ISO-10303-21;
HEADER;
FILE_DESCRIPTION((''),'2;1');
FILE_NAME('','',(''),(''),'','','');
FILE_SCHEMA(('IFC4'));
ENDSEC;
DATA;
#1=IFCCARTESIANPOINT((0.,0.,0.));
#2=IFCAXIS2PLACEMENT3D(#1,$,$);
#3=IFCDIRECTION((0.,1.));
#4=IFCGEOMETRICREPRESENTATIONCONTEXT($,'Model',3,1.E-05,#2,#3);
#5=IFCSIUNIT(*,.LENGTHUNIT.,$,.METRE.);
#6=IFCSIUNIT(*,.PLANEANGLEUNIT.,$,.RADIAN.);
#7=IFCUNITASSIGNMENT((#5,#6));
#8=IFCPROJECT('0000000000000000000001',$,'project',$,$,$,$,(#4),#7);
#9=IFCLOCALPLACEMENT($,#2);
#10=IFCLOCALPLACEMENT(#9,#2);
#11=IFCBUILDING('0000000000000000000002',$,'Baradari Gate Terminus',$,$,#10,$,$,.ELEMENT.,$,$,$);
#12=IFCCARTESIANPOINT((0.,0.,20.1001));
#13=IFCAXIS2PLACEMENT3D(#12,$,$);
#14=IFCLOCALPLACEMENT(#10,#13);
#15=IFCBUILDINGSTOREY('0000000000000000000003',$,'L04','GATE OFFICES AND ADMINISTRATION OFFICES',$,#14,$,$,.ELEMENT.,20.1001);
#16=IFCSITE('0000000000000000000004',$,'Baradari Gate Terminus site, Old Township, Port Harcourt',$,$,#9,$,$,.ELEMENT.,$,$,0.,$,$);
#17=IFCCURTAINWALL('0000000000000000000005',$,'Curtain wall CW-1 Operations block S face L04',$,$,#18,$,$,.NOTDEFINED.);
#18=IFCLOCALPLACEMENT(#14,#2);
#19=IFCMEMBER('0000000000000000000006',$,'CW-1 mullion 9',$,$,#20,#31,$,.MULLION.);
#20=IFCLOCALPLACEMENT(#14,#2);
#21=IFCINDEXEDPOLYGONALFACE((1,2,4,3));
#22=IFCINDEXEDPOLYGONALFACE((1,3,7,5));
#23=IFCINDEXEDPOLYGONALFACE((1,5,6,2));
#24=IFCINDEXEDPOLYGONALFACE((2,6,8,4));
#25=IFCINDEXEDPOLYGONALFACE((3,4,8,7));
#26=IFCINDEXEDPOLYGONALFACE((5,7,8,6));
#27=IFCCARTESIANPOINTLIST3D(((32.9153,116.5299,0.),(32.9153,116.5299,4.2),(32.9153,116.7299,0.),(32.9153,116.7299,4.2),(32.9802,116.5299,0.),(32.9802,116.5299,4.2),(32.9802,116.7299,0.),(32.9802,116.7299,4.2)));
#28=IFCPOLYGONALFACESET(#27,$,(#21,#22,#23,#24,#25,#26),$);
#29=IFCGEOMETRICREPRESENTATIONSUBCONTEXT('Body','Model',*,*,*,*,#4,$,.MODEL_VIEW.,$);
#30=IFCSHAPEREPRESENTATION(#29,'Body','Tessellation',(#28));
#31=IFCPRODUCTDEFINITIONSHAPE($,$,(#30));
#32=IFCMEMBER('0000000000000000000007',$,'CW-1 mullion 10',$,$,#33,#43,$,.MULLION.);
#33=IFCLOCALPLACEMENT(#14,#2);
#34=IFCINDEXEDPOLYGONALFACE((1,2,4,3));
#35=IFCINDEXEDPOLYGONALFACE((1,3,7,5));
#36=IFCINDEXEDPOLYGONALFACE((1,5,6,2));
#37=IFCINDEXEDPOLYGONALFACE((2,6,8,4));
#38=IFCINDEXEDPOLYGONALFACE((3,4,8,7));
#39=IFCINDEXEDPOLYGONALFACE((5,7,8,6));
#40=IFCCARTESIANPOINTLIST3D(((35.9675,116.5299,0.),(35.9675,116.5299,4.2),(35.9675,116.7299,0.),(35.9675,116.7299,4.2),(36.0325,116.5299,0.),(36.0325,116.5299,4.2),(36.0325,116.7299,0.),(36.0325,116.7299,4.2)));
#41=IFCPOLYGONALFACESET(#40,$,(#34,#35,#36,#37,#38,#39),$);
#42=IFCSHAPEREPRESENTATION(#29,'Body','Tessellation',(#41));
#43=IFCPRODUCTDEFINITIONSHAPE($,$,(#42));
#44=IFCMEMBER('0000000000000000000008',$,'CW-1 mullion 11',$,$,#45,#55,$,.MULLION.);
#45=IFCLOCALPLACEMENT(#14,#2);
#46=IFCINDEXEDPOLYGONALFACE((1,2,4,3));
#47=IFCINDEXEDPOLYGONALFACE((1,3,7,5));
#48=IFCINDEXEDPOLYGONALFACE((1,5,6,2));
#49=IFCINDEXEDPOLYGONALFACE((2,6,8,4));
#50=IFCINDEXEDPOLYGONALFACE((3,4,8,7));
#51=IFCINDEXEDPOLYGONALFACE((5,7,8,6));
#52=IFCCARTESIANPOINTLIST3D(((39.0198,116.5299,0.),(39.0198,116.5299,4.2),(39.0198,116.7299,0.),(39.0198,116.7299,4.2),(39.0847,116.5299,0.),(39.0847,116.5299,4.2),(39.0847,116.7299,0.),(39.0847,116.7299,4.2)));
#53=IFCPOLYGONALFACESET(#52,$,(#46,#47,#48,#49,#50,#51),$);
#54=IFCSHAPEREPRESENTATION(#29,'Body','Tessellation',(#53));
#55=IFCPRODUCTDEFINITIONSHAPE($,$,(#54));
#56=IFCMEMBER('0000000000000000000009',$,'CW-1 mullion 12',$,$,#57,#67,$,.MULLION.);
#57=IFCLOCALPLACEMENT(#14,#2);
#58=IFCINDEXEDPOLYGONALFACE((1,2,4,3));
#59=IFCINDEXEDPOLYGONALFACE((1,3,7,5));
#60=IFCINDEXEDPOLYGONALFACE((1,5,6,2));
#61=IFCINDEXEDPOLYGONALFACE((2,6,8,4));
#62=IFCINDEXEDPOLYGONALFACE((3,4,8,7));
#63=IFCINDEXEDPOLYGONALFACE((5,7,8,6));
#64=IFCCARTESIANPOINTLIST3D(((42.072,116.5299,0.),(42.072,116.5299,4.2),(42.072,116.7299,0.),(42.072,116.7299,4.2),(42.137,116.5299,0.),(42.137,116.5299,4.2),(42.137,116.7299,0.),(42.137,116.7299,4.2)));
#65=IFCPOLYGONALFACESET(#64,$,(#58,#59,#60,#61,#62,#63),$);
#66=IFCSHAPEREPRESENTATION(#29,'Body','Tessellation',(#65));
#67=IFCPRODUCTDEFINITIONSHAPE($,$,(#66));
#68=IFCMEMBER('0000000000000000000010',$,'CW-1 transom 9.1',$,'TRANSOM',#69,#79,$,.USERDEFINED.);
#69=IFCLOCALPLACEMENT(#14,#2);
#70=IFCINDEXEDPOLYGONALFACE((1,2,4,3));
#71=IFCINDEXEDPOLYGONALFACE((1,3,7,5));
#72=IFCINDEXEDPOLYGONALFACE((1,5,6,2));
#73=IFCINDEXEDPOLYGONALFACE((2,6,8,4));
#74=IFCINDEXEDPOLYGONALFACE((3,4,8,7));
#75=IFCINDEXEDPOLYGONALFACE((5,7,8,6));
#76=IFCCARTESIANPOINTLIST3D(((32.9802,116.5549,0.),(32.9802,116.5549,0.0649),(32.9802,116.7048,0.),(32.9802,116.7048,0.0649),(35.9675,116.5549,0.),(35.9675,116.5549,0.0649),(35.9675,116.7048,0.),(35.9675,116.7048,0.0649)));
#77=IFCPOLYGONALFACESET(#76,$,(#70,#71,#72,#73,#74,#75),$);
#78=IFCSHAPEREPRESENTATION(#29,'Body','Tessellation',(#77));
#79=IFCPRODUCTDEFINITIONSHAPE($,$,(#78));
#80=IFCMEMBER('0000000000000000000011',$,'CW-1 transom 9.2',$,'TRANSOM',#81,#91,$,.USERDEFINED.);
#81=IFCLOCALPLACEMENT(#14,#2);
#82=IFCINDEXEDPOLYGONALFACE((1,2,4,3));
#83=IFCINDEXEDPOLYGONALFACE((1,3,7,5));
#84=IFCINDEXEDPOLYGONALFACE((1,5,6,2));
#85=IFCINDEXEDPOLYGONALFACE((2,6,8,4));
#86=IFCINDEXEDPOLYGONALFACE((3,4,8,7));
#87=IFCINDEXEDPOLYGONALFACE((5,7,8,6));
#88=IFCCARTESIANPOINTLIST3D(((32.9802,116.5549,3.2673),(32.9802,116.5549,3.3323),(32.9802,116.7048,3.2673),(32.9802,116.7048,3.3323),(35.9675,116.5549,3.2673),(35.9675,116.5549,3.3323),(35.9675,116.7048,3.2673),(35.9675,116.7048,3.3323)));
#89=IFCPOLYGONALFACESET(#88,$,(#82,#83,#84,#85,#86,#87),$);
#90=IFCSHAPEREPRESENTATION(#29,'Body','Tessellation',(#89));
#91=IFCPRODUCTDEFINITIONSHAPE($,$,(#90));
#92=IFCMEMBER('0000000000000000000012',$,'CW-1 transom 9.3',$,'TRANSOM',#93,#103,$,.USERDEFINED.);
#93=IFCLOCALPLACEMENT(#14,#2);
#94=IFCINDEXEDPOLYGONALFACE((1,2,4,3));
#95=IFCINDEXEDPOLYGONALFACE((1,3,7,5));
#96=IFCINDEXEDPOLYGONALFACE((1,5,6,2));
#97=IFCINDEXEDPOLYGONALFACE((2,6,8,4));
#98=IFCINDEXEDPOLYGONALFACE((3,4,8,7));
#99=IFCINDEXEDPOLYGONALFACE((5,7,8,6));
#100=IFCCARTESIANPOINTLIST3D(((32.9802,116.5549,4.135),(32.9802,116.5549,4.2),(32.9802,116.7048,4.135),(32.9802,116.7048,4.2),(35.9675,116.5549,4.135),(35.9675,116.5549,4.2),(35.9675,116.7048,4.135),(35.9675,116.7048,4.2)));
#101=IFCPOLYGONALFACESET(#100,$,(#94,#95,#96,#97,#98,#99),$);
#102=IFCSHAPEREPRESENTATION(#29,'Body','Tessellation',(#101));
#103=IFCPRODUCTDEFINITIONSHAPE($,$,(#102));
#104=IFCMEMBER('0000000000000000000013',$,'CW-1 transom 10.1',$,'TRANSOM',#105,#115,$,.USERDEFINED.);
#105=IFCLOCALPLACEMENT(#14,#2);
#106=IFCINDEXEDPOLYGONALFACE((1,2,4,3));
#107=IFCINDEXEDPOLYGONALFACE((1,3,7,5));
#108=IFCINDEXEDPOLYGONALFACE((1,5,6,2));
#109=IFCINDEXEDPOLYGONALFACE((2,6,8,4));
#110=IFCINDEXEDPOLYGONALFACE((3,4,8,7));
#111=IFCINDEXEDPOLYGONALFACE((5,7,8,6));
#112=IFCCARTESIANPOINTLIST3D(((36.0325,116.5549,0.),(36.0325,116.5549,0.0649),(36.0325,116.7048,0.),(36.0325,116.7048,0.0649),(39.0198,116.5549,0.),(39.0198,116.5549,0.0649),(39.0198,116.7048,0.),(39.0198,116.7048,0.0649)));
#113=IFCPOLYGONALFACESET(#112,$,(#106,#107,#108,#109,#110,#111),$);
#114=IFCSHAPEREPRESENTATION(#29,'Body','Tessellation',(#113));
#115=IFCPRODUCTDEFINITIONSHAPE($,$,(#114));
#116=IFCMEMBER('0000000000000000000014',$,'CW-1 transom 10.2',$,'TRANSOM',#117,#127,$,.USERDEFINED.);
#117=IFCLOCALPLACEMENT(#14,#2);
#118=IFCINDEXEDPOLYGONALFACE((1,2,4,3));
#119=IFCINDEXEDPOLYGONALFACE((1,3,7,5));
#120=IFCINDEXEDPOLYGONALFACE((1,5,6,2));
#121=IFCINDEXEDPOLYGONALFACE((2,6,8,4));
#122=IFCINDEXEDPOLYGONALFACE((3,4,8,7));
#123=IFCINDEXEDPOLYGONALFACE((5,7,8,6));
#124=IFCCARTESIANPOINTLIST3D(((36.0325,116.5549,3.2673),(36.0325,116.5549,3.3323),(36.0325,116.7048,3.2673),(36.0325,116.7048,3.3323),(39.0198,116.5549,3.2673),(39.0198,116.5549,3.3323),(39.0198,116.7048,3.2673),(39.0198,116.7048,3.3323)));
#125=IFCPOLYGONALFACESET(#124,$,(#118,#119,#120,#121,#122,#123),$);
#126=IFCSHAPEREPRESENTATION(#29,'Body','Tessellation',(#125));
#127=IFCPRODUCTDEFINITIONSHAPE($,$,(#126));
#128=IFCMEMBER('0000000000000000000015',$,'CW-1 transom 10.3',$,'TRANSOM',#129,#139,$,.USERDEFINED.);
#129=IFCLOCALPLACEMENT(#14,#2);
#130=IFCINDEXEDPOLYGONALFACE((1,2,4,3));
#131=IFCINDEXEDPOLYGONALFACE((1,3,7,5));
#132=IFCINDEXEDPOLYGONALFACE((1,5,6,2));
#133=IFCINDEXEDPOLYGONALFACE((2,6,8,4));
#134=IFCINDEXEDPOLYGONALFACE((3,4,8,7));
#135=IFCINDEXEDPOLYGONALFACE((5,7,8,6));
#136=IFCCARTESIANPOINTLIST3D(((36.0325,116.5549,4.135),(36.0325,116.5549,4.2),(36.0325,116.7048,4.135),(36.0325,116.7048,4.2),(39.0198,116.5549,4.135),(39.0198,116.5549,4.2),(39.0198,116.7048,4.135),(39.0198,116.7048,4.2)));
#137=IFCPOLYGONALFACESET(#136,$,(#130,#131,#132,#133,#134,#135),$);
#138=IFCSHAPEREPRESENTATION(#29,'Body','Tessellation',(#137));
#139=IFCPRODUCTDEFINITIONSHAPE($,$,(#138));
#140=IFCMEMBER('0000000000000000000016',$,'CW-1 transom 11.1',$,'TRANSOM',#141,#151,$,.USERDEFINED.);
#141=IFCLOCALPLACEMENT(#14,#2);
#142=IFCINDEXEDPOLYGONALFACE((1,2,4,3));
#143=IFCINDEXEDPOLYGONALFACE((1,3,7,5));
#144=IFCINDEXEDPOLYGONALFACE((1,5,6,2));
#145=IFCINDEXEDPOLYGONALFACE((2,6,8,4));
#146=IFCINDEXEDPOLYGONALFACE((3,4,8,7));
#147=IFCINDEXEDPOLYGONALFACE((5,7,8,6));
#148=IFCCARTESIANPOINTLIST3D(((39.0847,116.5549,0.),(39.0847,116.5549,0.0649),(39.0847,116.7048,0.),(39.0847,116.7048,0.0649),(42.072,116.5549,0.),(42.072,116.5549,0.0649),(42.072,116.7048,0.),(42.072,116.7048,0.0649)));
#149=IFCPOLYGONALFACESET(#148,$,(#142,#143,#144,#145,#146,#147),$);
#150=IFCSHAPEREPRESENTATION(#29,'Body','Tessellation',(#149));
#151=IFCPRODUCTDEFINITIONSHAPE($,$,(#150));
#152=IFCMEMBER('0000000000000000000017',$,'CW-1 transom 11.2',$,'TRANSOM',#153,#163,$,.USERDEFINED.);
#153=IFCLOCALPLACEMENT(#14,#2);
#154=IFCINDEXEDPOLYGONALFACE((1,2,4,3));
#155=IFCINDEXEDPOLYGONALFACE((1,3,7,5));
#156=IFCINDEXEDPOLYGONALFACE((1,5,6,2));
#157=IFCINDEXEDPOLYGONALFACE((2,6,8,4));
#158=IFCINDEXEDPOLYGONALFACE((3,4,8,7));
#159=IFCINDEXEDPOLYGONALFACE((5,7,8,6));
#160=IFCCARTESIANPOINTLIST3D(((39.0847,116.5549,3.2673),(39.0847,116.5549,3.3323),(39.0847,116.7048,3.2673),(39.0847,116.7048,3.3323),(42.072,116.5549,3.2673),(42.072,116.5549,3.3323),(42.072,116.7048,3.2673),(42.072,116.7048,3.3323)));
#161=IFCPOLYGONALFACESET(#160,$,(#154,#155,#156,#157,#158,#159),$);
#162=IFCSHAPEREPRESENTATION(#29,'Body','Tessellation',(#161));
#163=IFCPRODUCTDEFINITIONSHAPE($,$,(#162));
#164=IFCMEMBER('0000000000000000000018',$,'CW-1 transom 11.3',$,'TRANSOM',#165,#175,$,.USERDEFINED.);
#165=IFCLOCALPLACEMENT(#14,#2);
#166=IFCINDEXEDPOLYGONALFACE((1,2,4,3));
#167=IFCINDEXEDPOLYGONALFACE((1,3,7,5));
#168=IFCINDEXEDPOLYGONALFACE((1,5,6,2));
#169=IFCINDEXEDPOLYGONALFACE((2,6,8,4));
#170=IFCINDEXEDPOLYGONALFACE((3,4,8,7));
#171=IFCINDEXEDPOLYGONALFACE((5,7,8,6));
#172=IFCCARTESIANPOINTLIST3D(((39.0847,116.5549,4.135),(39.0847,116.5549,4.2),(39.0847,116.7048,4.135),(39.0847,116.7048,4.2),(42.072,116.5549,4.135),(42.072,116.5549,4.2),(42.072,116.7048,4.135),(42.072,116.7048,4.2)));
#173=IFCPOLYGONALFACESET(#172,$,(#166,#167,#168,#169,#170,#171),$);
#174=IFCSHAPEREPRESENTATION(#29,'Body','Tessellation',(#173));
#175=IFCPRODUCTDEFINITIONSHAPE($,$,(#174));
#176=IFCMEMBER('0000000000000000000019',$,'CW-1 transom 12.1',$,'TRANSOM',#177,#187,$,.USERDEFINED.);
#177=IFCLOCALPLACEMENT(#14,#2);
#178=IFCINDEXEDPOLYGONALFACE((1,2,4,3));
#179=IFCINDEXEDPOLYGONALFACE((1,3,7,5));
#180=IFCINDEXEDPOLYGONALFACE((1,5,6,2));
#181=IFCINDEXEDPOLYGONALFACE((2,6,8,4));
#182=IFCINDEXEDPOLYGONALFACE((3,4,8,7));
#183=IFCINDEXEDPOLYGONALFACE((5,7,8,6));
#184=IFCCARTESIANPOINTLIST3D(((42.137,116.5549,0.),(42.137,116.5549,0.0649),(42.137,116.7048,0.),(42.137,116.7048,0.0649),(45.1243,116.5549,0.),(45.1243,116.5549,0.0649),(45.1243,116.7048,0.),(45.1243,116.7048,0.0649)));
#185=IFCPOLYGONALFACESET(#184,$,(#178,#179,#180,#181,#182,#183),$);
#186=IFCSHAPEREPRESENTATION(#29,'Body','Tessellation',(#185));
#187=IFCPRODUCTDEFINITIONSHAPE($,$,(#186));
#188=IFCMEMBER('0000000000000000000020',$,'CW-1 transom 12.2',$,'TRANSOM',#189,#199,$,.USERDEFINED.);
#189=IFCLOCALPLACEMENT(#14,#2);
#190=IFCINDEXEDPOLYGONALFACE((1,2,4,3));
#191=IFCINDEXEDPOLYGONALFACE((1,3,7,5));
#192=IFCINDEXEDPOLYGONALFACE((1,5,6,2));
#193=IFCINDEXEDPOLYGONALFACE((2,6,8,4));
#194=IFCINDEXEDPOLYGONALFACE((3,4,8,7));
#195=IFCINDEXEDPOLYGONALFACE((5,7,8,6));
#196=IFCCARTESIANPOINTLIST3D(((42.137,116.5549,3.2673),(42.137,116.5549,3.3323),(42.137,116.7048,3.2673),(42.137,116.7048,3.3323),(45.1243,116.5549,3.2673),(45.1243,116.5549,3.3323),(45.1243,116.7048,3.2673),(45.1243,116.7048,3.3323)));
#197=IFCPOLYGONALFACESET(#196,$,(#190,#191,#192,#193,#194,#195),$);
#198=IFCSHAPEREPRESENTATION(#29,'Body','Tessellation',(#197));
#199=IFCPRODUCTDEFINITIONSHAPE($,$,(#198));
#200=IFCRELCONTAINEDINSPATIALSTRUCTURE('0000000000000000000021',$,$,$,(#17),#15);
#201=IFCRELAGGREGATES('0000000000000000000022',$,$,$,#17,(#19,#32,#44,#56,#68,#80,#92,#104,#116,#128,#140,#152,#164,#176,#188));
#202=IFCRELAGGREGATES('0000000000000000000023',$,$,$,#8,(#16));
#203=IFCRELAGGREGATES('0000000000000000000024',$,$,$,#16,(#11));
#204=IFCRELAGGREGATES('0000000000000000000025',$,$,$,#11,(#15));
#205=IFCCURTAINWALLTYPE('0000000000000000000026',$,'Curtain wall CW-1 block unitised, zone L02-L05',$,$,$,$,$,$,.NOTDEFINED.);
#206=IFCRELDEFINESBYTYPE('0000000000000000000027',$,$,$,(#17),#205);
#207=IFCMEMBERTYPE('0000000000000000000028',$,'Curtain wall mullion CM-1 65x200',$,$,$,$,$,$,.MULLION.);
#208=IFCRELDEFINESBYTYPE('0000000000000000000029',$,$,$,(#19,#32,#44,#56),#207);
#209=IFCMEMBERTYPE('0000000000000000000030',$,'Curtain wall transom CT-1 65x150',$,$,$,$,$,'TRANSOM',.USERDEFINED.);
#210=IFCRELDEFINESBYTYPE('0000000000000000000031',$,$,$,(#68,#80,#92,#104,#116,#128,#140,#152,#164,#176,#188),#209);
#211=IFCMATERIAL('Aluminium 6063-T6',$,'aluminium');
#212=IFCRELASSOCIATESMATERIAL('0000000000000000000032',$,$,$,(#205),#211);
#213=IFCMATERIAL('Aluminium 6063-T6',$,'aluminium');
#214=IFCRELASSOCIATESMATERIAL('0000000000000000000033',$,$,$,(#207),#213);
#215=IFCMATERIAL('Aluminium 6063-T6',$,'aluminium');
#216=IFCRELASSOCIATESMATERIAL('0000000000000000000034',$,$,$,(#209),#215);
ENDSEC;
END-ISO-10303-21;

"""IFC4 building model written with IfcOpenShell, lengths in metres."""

from ifc_helpers import new_model, si_unit, direction, frame, origin, origin_2d, place, context, subcontext, project, spatial, rectangle, extrude, material, material_profile, profile_set, type_object, element, aggregate, save


model = new_model("IFC4")

# Units and contexts
model_context = context("Model", 3, precision=1e-05, world=origin(), true_north=direction((0.0, 1.0)))
body_context = subcontext(model_context, "Body", "Model", "MODEL_VIEW")
ifc_project = project(units=[si_unit("LENGTHUNIT", "METRE"), si_unit("PLANEANGLEUNIT", "RADIAN")], contexts=[model_context])

# Site, building, storey
site_placement = place(None, origin())
site = spatial("IfcSite", under=ifc_project, at=site_placement, Name="Baradari Gate Terminus site, Old Township, Port Harcourt", CompositionType="ELEMENT", RefElevation=0.0)
building_placement = place(site_placement, origin())
building = spatial("IfcBuilding", under=site, at=building_placement, Name="Baradari Gate Terminus", CompositionType="ELEMENT")
storey_placement = place(building_placement, frame((0.0, 0.0, 20.1001)))
storey = spatial("IfcBuildingStorey", under=building, at=storey_placement, Name="L04", Description="GATE OFFICES AND ADMINISTRATION OFFICES", CompositionType="ELEMENT", Elevation=20.1001)

# Curtain wall, members
ifc_material_1 = material(Name="Aluminium 6063-T6", Category="aluminium")
curtain_wall_type = type_object("IfcCurtainWallType", Name="Curtain wall CW-1 block unitised, zone L02-L05", PredefinedType="NOTDEFINED", material=ifc_material_1)
curtain_wall_placement = place(storey_placement, origin())
curtain_wall = element("IfcCurtainWall", 1, at=curtain_wall_placement, inside=storey, type_object=curtain_wall_type, Name="Curtain wall CW-1 Operations block S face L04", PredefinedType="NOTDEFINED")
ifc_material_2 = material(Name="Aluminium 6063-T6", Category="aluminium")
ifc_material_profile_1 = material_profile(ifc_material_2, rectangle(XDim=0.2, YDim=0.0649, at=origin_2d()), Name="CM-1 65X200")
ifc_profile_set_1 = profile_set([ifc_material_profile_1], Name="Aluminium 6063-T6")
member_type_1 = type_object("IfcMemberType", Name="Curtain wall mullion CM-1 65x200", PredefinedType="MULLION", material=ifc_profile_set_1)
member_1_placement = place(storey_placement, frame((32.9478, 116.6299, 0.0), z_axis=(0.0, 0.0, 1.0), x_axis=(0.0, 1.0, 0.0)))
member_1 = element("IfcMember", 2, at=member_1_placement, type_object=member_type_1, Name="CW-1 mullion 9", PredefinedType="MULLION", context=body_context, shape_type="SweptSolid", body=[
    extrude(rectangle(XDim=0.2, YDim=0.0649, at=origin_2d()), origin(), (0.0, 0.0, 1.0), 4.2),
])
member_2_placement = place(storey_placement, frame((36.0, 116.6299, 0.0), z_axis=(0.0, 0.0, 1.0), x_axis=(0.0, 1.0, 0.0)))
member_2 = element("IfcMember", 3, at=member_2_placement, type_object=member_type_1, Name="CW-1 mullion 10", PredefinedType="MULLION", context=body_context, shape_type="SweptSolid", body=[
    extrude(rectangle(XDim=0.2, YDim=0.0649, at=origin_2d()), origin(), (0.0, 0.0, 1.0), 4.2),
])
member_3_placement = place(storey_placement, frame((39.0522, 116.6299, 0.0), z_axis=(0.0, 0.0, 1.0), x_axis=(0.0, 1.0, 0.0)))
member_3 = element("IfcMember", 4, at=member_3_placement, type_object=member_type_1, Name="CW-1 mullion 11", PredefinedType="MULLION", context=body_context, shape_type="SweptSolid", body=[
    extrude(rectangle(XDim=0.2, YDim=0.0649, at=origin_2d()), origin(), (0.0, 0.0, 1.0), 4.2),
])
member_4_placement = place(storey_placement, frame((42.1045, 116.6299, 0.0), z_axis=(0.0, 0.0, 1.0), x_axis=(0.0, 1.0, 0.0)))
member_4 = element("IfcMember", 5, at=member_4_placement, type_object=member_type_1, Name="CW-1 mullion 12", PredefinedType="MULLION", context=body_context, shape_type="SweptSolid", body=[
    extrude(rectangle(XDim=0.2, YDim=0.0649, at=origin_2d()), origin(), (0.0, 0.0, 1.0), 4.2),
])
ifc_material_3 = material(Name="Aluminium 6063-T6", Category="aluminium")
ifc_material_profile_2 = material_profile(ifc_material_3, rectangle(XDim=0.1499, YDim=0.0649, at=origin_2d()), Name="CT-1 65X150")
ifc_profile_set_2 = profile_set([ifc_material_profile_2], Name="Aluminium 6063-T6")
member_type_2 = type_object("IfcMemberType", Name="Curtain wall transom CT-1 65x150", ElementType="TRANSOM", PredefinedType="USERDEFINED", material=ifc_profile_set_2)
member_5_placement = place(storey_placement, frame((32.9802, 116.6299, 0.0325), z_axis=(1.0, 0.0, 0.0), x_axis=(0.0, 1.0, 0.0)))
member_5 = element("IfcMember", 6, at=member_5_placement, type_object=member_type_2, Name="CW-1 transom 9.1", ObjectType="TRANSOM", PredefinedType="USERDEFINED", context=body_context, shape_type="SweptSolid", body=[
    extrude(rectangle(XDim=0.1499, YDim=0.0649, at=origin_2d()), origin(), (0.0, 0.0, 1.0), 2.9873),
])
member_6_placement = place(storey_placement, frame((32.9802, 116.6299, 3.2998), z_axis=(1.0, 0.0, 0.0), x_axis=(0.0, 1.0, 0.0)))
member_6 = element("IfcMember", 7, at=member_6_placement, type_object=member_type_2, Name="CW-1 transom 9.2", ObjectType="TRANSOM", PredefinedType="USERDEFINED", context=body_context, shape_type="SweptSolid", body=[
    extrude(rectangle(XDim=0.1499, YDim=0.0649, at=origin_2d()), origin(), (0.0, 0.0, 1.0), 2.9873),
])
member_7_placement = place(storey_placement, frame((32.9802, 116.6299, 4.1675), z_axis=(1.0, 0.0, 0.0), x_axis=(0.0, 1.0, 0.0)))
member_7 = element("IfcMember", 8, at=member_7_placement, type_object=member_type_2, Name="CW-1 transom 9.3", ObjectType="TRANSOM", PredefinedType="USERDEFINED", context=body_context, shape_type="SweptSolid", body=[
    extrude(rectangle(XDim=0.1499, YDim=0.0649, at=origin_2d()), origin(), (0.0, 0.0, 1.0), 2.9873),
])
member_8_placement = place(storey_placement, frame((36.0325, 116.6299, 0.0325), z_axis=(1.0, 0.0, 0.0), x_axis=(0.0, 1.0, 0.0)))
member_8 = element("IfcMember", 9, at=member_8_placement, type_object=member_type_2, Name="CW-1 transom 10.1", ObjectType="TRANSOM", PredefinedType="USERDEFINED", context=body_context, shape_type="SweptSolid", body=[
    extrude(rectangle(XDim=0.1499, YDim=0.0649, at=origin_2d()), origin(), (0.0, 0.0, 1.0), 2.9873),
])
member_9_placement = place(storey_placement, frame((36.0325, 116.6299, 3.2998), z_axis=(1.0, 0.0, 0.0), x_axis=(0.0, 1.0, 0.0)))
member_9 = element("IfcMember", 10, at=member_9_placement, type_object=member_type_2, Name="CW-1 transom 10.2", ObjectType="TRANSOM", PredefinedType="USERDEFINED", context=body_context, shape_type="SweptSolid", body=[
    extrude(rectangle(XDim=0.1499, YDim=0.0649, at=origin_2d()), origin(), (0.0, 0.0, 1.0), 2.9873),
])
member_10_placement = place(storey_placement, frame((36.0325, 116.6299, 4.1675), z_axis=(1.0, 0.0, 0.0), x_axis=(0.0, 1.0, 0.0)))
member_10 = element("IfcMember", 11, at=member_10_placement, type_object=member_type_2, Name="CW-1 transom 10.3", ObjectType="TRANSOM", PredefinedType="USERDEFINED", context=body_context, shape_type="SweptSolid", body=[
    extrude(rectangle(XDim=0.1499, YDim=0.0649, at=origin_2d()), origin(), (0.0, 0.0, 1.0), 2.9873),
])
member_11_placement = place(storey_placement, frame((39.0847, 116.6299, 0.0325), z_axis=(1.0, 0.0, 0.0), x_axis=(0.0, 1.0, 0.0)))
member_11 = element("IfcMember", 12, at=member_11_placement, type_object=member_type_2, Name="CW-1 transom 11.1", ObjectType="TRANSOM", PredefinedType="USERDEFINED", context=body_context, shape_type="SweptSolid", body=[
    extrude(rectangle(XDim=0.1499, YDim=0.0649, at=origin_2d()), origin(), (0.0, 0.0, 1.0), 2.9873),
])
member_12_placement = place(storey_placement, frame((39.0847, 116.6299, 3.2998), z_axis=(1.0, 0.0, 0.0), x_axis=(0.0, 1.0, 0.0)))
member_12 = element("IfcMember", 13, at=member_12_placement, type_object=member_type_2, Name="CW-1 transom 11.2", ObjectType="TRANSOM", PredefinedType="USERDEFINED", context=body_context, shape_type="SweptSolid", body=[
    extrude(rectangle(XDim=0.1499, YDim=0.0649, at=origin_2d()), origin(), (0.0, 0.0, 1.0), 2.9873),
])
member_13_placement = place(storey_placement, frame((39.0847, 116.6299, 4.1675), z_axis=(1.0, 0.0, 0.0), x_axis=(0.0, 1.0, 0.0)))
member_13 = element("IfcMember", 14, at=member_13_placement, type_object=member_type_2, Name="CW-1 transom 11.3", ObjectType="TRANSOM", PredefinedType="USERDEFINED", context=body_context, shape_type="SweptSolid", body=[
    extrude(rectangle(XDim=0.1499, YDim=0.0649, at=origin_2d()), origin(), (0.0, 0.0, 1.0), 2.9873),
])
member_14_placement = place(storey_placement, frame((42.137, 116.6299, 0.0325), z_axis=(1.0, 0.0, 0.0), x_axis=(0.0, 1.0, 0.0)))
member_14 = element("IfcMember", 15, at=member_14_placement, type_object=member_type_2, Name="CW-1 transom 12.1", ObjectType="TRANSOM", PredefinedType="USERDEFINED", context=body_context, shape_type="SweptSolid", body=[
    extrude(rectangle(XDim=0.1499, YDim=0.0649, at=origin_2d()), origin(), (0.0, 0.0, 1.0), 2.9873),
])
member_15_placement = place(storey_placement, frame((42.137, 116.6299, 3.2998), z_axis=(1.0, 0.0, 0.0), x_axis=(0.0, 1.0, 0.0)))
member_15 = element("IfcMember", 16, at=member_15_placement, type_object=member_type_2, Name="CW-1 transom 12.2", ObjectType="TRANSOM", PredefinedType="USERDEFINED", context=body_context, shape_type="SweptSolid", body=[
    extrude(rectangle(XDim=0.1499, YDim=0.0649, at=origin_2d()), origin(), (0.0, 0.0, 1.0), 2.9873),
])
aggregate(curtain_wall, [member_1, member_2, member_3, member_4, member_5, member_6, member_7, member_8, member_9, member_10, member_11, member_12, member_13, member_14, member_15])

save(model, "model.ifc")
